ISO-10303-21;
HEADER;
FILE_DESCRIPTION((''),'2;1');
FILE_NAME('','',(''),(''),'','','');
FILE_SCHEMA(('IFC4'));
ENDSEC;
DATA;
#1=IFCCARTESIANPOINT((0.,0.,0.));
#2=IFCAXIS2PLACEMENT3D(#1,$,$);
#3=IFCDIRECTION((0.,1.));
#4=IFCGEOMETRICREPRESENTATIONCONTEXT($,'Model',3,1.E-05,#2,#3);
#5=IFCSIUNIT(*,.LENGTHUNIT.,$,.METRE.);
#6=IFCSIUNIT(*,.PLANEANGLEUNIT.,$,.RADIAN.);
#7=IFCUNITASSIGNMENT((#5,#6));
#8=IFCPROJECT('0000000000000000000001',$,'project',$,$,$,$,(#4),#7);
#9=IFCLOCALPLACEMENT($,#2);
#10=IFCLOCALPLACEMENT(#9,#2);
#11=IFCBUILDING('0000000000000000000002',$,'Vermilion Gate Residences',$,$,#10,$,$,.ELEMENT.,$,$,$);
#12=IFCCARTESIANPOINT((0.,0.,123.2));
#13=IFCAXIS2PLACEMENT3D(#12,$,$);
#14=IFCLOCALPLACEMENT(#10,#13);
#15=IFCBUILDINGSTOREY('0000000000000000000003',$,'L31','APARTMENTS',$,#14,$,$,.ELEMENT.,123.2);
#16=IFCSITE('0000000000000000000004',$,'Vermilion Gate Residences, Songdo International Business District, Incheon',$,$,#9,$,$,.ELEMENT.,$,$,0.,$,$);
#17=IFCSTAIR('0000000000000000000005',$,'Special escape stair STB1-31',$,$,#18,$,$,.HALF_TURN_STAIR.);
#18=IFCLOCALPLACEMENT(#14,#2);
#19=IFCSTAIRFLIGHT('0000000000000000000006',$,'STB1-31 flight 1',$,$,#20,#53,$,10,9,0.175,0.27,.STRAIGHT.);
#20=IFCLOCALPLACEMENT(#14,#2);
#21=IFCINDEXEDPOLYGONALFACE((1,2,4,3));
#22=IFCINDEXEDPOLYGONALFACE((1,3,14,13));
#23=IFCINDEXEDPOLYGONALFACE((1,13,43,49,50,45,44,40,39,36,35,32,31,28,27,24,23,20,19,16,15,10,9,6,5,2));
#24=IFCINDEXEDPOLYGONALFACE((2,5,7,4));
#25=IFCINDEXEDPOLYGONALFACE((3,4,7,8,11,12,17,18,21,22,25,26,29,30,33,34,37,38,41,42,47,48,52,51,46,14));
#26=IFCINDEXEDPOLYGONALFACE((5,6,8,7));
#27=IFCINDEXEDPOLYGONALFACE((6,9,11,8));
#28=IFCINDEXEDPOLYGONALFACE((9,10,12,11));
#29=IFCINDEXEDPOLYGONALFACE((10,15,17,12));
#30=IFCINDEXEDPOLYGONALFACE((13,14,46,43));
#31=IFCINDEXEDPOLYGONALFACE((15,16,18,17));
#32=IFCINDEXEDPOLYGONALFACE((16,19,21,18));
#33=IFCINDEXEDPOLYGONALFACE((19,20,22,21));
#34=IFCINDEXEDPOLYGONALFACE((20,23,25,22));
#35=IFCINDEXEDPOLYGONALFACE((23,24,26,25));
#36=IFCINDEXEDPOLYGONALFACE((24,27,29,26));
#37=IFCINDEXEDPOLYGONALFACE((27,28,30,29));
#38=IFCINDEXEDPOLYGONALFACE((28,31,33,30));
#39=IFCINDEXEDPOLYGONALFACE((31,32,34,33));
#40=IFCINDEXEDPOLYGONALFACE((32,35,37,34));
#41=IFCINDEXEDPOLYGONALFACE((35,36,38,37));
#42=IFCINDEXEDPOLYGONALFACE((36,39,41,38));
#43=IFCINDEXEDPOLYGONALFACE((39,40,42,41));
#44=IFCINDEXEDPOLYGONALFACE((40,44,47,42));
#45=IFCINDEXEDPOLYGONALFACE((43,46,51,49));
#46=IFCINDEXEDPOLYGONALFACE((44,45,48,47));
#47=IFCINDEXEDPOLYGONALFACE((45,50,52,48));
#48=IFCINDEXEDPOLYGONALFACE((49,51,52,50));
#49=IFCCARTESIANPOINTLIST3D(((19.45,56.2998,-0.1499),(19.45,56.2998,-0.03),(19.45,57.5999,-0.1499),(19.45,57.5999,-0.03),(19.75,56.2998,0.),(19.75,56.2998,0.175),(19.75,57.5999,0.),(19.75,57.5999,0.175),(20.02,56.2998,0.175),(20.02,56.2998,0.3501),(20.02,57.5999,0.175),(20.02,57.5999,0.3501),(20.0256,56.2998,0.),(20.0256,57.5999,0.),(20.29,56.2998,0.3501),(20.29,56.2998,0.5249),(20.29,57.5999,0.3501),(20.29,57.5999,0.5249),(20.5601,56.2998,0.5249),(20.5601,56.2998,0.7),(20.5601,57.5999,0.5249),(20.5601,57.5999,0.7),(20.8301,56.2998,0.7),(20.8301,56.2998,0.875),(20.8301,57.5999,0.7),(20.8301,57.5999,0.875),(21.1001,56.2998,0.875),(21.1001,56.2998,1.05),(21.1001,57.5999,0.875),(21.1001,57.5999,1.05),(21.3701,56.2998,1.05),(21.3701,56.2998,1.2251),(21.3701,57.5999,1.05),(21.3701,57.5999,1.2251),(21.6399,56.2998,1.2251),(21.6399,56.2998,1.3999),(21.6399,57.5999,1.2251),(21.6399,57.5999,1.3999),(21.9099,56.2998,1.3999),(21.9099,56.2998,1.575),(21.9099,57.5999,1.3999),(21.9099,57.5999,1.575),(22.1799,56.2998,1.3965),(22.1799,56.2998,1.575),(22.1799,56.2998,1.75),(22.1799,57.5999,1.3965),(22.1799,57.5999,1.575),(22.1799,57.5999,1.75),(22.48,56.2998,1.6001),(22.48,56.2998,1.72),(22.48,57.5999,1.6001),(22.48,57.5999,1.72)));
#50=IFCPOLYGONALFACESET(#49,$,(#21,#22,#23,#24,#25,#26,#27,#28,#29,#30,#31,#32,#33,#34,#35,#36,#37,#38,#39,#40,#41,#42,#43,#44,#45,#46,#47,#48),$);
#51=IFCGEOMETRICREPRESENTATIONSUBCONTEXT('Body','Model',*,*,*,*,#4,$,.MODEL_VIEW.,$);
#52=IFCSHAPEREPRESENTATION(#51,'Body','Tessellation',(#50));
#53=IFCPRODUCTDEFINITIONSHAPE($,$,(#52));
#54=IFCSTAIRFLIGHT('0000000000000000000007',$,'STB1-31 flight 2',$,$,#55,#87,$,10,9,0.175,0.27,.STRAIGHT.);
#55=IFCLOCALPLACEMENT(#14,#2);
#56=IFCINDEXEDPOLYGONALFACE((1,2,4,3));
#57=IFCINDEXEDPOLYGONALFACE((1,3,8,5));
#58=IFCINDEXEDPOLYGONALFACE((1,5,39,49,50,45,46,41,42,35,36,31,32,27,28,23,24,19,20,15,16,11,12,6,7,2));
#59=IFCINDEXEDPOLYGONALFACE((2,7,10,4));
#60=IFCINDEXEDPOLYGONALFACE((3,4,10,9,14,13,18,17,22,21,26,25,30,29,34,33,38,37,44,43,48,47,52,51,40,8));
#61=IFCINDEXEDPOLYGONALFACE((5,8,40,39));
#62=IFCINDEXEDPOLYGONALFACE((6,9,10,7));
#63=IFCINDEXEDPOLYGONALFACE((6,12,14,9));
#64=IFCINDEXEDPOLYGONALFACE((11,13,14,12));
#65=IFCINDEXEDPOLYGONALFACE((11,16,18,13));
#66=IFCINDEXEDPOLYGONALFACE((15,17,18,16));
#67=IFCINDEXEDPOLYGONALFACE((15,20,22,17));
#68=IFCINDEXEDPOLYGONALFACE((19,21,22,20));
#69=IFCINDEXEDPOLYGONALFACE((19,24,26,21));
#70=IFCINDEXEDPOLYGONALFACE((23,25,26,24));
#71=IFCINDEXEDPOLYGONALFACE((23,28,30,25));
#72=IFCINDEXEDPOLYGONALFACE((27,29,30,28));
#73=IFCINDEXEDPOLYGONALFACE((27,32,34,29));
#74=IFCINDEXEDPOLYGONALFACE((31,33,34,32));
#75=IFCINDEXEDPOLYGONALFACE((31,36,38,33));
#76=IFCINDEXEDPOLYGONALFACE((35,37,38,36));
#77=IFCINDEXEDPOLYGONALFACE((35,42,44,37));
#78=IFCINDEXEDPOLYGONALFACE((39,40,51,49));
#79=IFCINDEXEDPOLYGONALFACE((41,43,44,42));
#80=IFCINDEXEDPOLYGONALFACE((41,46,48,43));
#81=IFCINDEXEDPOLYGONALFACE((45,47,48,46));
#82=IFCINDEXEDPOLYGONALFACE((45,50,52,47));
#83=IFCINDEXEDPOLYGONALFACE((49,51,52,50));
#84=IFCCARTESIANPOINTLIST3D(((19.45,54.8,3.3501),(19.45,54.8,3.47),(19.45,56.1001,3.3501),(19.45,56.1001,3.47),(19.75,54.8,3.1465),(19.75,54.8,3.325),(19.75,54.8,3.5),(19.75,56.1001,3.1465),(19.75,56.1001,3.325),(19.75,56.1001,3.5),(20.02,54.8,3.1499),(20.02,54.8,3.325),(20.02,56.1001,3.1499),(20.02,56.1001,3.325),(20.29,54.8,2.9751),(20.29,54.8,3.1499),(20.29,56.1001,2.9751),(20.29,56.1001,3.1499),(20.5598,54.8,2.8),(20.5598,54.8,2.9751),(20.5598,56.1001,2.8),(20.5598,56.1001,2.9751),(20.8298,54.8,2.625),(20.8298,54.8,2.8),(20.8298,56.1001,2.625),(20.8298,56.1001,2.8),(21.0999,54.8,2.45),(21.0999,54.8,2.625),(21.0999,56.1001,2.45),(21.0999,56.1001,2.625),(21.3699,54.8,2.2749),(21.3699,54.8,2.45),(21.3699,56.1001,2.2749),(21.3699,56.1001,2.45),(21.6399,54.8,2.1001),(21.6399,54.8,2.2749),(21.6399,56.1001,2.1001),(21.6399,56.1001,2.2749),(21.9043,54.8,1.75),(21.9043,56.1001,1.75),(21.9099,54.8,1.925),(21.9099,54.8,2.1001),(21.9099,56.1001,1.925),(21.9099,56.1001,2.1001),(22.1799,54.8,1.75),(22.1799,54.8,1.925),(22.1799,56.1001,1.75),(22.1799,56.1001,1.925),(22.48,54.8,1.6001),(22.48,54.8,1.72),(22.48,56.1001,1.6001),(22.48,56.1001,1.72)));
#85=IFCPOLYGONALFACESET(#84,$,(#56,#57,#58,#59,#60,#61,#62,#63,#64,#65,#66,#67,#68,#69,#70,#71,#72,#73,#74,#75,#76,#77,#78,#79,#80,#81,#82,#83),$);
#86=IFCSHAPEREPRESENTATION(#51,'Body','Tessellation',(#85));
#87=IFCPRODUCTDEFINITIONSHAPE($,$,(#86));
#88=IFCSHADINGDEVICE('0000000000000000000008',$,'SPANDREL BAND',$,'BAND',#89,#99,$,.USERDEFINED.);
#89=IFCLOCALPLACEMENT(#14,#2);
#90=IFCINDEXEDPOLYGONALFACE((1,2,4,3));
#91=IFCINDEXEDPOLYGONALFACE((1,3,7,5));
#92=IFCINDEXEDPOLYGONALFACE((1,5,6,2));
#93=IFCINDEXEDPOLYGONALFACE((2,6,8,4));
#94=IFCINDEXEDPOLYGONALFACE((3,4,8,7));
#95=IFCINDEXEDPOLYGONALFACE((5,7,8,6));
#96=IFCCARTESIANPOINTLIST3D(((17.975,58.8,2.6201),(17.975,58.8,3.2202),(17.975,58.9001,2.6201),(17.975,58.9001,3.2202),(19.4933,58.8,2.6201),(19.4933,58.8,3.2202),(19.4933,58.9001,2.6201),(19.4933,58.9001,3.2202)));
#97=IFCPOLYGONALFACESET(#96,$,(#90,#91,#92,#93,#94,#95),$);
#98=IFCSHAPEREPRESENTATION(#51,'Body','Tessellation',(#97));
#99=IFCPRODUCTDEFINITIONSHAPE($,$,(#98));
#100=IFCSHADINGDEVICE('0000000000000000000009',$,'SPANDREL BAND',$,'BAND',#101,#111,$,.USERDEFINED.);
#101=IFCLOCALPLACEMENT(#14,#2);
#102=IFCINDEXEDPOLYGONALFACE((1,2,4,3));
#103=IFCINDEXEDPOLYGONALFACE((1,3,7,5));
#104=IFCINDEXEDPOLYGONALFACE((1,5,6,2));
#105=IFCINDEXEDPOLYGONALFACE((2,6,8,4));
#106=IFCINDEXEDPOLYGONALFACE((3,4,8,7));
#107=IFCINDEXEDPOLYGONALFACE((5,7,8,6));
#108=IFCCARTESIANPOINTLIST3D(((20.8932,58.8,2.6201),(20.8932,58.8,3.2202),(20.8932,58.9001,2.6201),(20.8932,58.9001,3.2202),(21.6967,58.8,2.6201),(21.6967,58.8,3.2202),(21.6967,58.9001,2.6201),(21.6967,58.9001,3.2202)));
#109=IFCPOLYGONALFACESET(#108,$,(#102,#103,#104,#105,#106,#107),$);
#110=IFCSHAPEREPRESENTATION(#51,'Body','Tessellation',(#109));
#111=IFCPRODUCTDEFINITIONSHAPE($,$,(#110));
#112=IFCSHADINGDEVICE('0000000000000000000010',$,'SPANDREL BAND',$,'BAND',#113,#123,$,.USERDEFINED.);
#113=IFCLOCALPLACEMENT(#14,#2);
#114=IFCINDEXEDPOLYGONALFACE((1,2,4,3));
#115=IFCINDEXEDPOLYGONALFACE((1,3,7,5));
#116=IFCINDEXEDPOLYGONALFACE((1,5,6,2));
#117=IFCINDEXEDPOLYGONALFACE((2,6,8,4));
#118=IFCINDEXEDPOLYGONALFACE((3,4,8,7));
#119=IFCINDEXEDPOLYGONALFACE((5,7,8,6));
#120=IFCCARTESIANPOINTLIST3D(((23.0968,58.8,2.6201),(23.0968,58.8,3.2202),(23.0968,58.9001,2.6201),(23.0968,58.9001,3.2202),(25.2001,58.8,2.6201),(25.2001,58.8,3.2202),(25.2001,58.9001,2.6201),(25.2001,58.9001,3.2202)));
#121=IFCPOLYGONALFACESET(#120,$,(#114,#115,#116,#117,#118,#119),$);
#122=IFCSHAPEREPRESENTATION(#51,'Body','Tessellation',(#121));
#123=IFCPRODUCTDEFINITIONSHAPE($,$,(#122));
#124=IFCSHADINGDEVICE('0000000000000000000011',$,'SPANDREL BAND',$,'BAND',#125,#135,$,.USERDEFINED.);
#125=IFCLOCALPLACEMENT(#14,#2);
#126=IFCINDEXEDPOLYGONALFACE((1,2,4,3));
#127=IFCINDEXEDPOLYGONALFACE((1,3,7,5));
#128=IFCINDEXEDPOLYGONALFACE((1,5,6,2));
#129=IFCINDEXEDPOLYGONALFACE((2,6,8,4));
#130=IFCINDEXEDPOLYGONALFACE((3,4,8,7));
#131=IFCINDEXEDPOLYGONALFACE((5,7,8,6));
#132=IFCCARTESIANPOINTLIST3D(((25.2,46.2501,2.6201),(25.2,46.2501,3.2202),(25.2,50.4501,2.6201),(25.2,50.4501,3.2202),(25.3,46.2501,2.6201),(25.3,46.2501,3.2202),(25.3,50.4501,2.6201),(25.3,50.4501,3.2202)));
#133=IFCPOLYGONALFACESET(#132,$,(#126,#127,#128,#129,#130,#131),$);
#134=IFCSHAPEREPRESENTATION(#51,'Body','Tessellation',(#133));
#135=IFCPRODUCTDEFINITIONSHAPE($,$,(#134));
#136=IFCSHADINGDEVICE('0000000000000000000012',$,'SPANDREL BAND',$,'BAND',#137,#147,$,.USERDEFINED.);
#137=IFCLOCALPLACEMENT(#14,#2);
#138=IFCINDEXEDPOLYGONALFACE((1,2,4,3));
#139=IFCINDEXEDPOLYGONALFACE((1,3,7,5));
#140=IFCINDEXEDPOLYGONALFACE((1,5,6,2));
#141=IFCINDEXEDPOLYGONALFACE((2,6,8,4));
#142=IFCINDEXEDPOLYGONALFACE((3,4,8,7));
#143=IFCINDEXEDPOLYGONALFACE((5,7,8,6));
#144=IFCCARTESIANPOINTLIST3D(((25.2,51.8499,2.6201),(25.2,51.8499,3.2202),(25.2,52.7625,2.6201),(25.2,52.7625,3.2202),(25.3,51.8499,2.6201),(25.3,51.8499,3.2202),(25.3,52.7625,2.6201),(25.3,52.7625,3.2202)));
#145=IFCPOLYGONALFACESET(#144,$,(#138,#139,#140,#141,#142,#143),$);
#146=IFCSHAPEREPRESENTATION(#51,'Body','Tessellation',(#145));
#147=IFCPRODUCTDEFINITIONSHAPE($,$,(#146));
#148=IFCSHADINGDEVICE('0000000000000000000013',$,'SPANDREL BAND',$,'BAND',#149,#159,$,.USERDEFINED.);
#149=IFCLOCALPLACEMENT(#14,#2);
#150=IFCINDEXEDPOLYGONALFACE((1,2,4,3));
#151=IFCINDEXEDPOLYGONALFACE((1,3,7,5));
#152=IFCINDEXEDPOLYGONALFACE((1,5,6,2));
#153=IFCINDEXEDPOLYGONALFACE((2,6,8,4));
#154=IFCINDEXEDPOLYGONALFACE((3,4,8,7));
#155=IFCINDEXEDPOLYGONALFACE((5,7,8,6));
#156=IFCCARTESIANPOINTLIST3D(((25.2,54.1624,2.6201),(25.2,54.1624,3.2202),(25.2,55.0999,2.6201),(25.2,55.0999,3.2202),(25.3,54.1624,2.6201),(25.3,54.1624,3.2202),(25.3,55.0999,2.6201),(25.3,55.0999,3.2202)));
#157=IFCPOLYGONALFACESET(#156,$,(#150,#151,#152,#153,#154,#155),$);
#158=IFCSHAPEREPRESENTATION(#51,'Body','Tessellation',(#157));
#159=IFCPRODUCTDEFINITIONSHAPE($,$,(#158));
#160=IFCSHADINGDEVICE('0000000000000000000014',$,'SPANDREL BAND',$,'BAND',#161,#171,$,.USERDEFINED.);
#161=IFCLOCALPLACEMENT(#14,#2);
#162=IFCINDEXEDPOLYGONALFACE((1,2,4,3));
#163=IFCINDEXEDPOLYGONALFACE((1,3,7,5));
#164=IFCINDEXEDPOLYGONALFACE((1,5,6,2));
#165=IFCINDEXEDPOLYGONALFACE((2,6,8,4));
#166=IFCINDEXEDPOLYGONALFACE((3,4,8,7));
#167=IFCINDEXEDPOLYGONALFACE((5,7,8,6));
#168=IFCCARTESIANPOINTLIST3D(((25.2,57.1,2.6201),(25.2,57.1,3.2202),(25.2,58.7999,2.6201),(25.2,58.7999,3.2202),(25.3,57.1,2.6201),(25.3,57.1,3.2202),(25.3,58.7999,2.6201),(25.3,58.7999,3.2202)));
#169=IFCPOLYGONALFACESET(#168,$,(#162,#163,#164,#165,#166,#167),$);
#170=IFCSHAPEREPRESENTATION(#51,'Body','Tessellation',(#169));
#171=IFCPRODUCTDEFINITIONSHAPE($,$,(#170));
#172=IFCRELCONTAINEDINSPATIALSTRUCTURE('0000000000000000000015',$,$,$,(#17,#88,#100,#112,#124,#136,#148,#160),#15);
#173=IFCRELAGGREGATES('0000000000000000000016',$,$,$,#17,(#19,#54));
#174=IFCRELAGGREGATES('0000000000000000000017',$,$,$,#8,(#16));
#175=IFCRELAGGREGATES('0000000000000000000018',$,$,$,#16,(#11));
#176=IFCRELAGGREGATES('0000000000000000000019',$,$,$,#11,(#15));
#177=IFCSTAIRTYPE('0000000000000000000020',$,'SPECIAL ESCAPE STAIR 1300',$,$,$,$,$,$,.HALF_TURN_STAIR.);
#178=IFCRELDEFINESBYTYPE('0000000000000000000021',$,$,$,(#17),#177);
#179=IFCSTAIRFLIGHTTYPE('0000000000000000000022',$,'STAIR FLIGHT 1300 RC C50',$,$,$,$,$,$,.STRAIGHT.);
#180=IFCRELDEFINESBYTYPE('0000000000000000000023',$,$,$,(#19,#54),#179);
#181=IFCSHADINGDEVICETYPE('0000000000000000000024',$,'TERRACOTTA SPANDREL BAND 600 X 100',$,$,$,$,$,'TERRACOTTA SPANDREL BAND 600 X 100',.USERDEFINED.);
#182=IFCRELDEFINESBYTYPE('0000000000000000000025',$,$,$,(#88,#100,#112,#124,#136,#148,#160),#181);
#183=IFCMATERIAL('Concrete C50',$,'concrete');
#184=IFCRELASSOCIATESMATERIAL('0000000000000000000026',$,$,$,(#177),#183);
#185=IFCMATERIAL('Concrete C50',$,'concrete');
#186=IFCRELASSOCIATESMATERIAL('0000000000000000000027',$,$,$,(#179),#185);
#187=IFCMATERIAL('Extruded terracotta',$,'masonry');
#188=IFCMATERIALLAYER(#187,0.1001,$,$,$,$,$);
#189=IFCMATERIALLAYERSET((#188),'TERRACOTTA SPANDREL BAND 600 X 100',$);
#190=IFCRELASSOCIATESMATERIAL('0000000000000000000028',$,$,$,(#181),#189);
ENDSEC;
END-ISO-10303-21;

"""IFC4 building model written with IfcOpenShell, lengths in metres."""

from ifc_helpers import new_model, si_unit, direction, frame, origin, origin_2d, place, context, subcontext, project, spatial, polyline, rectangle, outline, extrude, material, layer, layer_set, type_object, element, aggregate, save


model = new_model("IFC4")

# Units and contexts
model_context = context("Model", 3, precision=1e-05, world=origin(), true_north=direction((0.0, 1.0)))
body_context = subcontext(model_context, "Body", "Model", "MODEL_VIEW")
ifc_project = project(units=[si_unit("LENGTHUNIT", "METRE"), si_unit("PLANEANGLEUNIT", "RADIAN")], contexts=[model_context])

# Site, building, storey
site_placement = place(None, origin())
site = spatial("IfcSite", under=ifc_project, at=site_placement, Name="Vermilion Gate Residences, Songdo International Business District, Incheon", CompositionType="ELEMENT", RefElevation=0.0)
building_placement = place(site_placement, origin())
building = spatial("IfcBuilding", under=site, at=building_placement, Name="Vermilion Gate Residences", CompositionType="ELEMENT")
storey_placement = place(building_placement, frame((0.0, 0.0, 123.2)))
storey = spatial("IfcBuildingStorey", under=building, at=storey_placement, Name="L31", Description="APARTMENTS", CompositionType="ELEMENT", Elevation=123.2)

# Stair, stair flights
ifc_material_1 = material(Name="Concrete C50", Category="concrete")
stair_type = type_object("IfcStairType", Name="SPECIAL ESCAPE STAIR 1300", PredefinedType="HALF_TURN_STAIR", material=ifc_material_1)
stair_placement = place(storey_placement, origin())
stair = element("IfcStair", 1, at=stair_placement, inside=storey, type_object=stair_type, Name="Special escape stair STB1-31", PredefinedType="HALF_TURN_STAIR")
ifc_material_2 = material(Name="Concrete C50", Category="concrete")
stair_flight_type = type_object("IfcStairFlightType", Name="STAIR FLIGHT 1300 RC C50", PredefinedType="STRAIGHT", material=ifc_material_2)
stair_flight_1_placement = place(storey_placement, frame((19.75, 56.95, 0.0), z_axis=(0.0, 0.0, 1.0), x_axis=(1.0, 0.0, 0.0)))
stair_flight_1 = element("IfcStairFlight", 2, at=stair_flight_1_placement, type_object=stair_flight_type, Name="STB1-31 flight 1", NumberOfRisers=10, NumberOfTreads=9, PredefinedType="STRAIGHT", RiserHeight=0.175, TreadLength=0.27, context=body_context, shape_type="SweptSolid", body=[
    extrude(outline(polyline([(-0.3, -0.1499), (-0.3, -0.03), (0.0, 0.0), (0.0, 0.175), (0.27, 0.175), (0.27, 0.3501), (0.54, 0.3501), (0.54, 0.5249), (0.8101, 0.5249), (0.8101, 0.7), (1.0801, 0.7), (1.0801, 0.875), (1.3501, 0.875), (1.3501, 1.05), (1.6201, 1.05), (1.6201, 1.2251), (1.8899, 1.2251), (1.8899, 1.3999), (2.1599, 1.3999), (2.1599, 1.575), (2.4299, 1.575), (2.4299, 1.75), (2.73, 1.72), (2.73, 1.6001), (2.4299, 1.3965), (0.2756, 0.0), (-0.3, -0.1499)])), frame((0.0, 0.6499, 0.0), z_axis=(0.0, -1.0, 0.0), x_axis=(1.0, 0.0, 0.0)), (0.0, 0.0, 1.0), 1.3),
])
stair_flight_2_placement = place(storey_placement, frame((22.1799, 55.45, 1.75), z_axis=(0.0, 0.0, 1.0), x_axis=(-1.0, 0.0, 0.0)))
stair_flight_2 = element("IfcStairFlight", 3, at=stair_flight_2_placement, type_object=stair_flight_type, Name="STB1-31 flight 2", NumberOfRisers=10, NumberOfTreads=9, PredefinedType="STRAIGHT", RiserHeight=0.175, TreadLength=0.27, context=body_context, shape_type="SweptSolid", body=[
    extrude(outline(polyline([(-0.3, -0.1499), (-0.3, -0.03), (0.0, 0.0), (0.0, 0.175), (0.27, 0.175), (0.27, 0.3501), (0.54, 0.3501), (0.54, 0.5249), (0.8101, 0.5249), (0.8101, 0.7), (1.0801, 0.7), (1.0801, 0.875), (1.3501, 0.875), (1.3501, 1.05), (1.6201, 1.05), (1.6201, 1.2251), (1.8899, 1.2251), (1.8899, 1.3999), (2.1599, 1.3999), (2.1599, 1.575), (2.4299, 1.575), (2.4299, 1.75), (2.73, 1.72), (2.73, 1.6001), (2.4299, 1.3965), (0.2756, 0.0), (-0.3, -0.1499)])), frame((0.0, 0.6499, 0.0), z_axis=(0.0, -1.0, 0.0), x_axis=(1.0, 0.0, 0.0)), (0.0, 0.0, 1.0), 1.3),
])
aggregate(stair, [stair_flight_1, stair_flight_2])

# Shading devices
ifc_material_3 = material(Name="Extruded terracotta", Category="masonry")
ifc_layer_1 = layer(ifc_material_3, 0.1001)
ifc_layer_set_1 = layer_set([ifc_layer_1], Name="TERRACOTTA SPANDREL BAND 600 X 100")
shading_device_type = type_object("IfcShadingDeviceType", Name="TERRACOTTA SPANDREL BAND 600 X 100", ElementType="TERRACOTTA SPANDREL BAND 600 X 100", PredefinedType="USERDEFINED", material=ifc_layer_set_1)
shading_device_1_placement = place(storey_placement, frame((18.7341, 58.8501, 2.6201), z_axis=(0.0, 0.0, 1.0), x_axis=(1.0, 0.0, 0.0)))
element("IfcShadingDevice", 4, at=shading_device_1_placement, inside=storey, type_object=shading_device_type, Name="SPANDREL BAND", ObjectType="BAND", PredefinedType="USERDEFINED", context=body_context, shape_type="SweptSolid", body=[
    extrude(rectangle(XDim=1.5183, YDim=0.1001, at=origin_2d()), origin(), (0.0, 0.0, 1.0), 0.6001),
])
shading_device_2_placement = place(storey_placement, frame((21.2949, 58.8501, 2.6201), z_axis=(0.0, 0.0, 1.0), x_axis=(1.0, 0.0, 0.0)))
element("IfcShadingDevice", 5, at=shading_device_2_placement, inside=storey, type_object=shading_device_type, Name="SPANDREL BAND", ObjectType="BAND", PredefinedType="USERDEFINED", context=body_context, shape_type="SweptSolid", body=[
    extrude(rectangle(XDim=0.8035, YDim=0.1001, at=origin_2d()), origin(), (0.0, 0.0, 1.0), 0.6001),
])
shading_device_3_placement = place(storey_placement, frame((24.1484, 58.8501, 2.6201), z_axis=(0.0, 0.0, 1.0), x_axis=(1.0, 0.0, 0.0)))
element("IfcShadingDevice", 6, at=shading_device_3_placement, inside=storey, type_object=shading_device_type, Name="SPANDREL BAND", ObjectType="BAND", PredefinedType="USERDEFINED", context=body_context, shape_type="SweptSolid", body=[
    extrude(rectangle(XDim=2.1033, YDim=0.1001, at=origin_2d()), origin(), (0.0, 0.0, 1.0), 0.6001),
])
shading_device_4_placement = place(storey_placement, frame((25.25, 48.3501, 2.6201), z_axis=(0.0, 0.0, 1.0), x_axis=(0.0, 1.0, 0.0)))
element("IfcShadingDevice", 7, at=shading_device_4_placement, inside=storey, type_object=shading_device_type, Name="SPANDREL BAND", ObjectType="BAND", PredefinedType="USERDEFINED", context=body_context, shape_type="SweptSolid", body=[
    extrude(rectangle(XDim=4.2, YDim=0.1001, at=origin_2d()), origin(), (0.0, 0.0, 1.0), 0.6001),
])
shading_device_5_placement = place(storey_placement, frame((25.25, 52.3062, 2.6201), z_axis=(0.0, 0.0, 1.0), x_axis=(0.0, 1.0, 0.0)))
element("IfcShadingDevice", 8, at=shading_device_5_placement, inside=storey, type_object=shading_device_type, Name="SPANDREL BAND", ObjectType="BAND", PredefinedType="USERDEFINED", context=body_context, shape_type="SweptSolid", body=[
    extrude(rectangle(XDim=0.9126, YDim=0.1001, at=origin_2d()), origin(), (0.0, 0.0, 1.0), 0.6001),
])
shading_device_6_placement = place(storey_placement, frame((25.25, 54.6311, 2.6201), z_axis=(0.0, 0.0, 1.0), x_axis=(0.0, 1.0, 0.0)))
element("IfcShadingDevice", 9, at=shading_device_6_placement, inside=storey, type_object=shading_device_type, Name="SPANDREL BAND", ObjectType="BAND", PredefinedType="USERDEFINED", context=body_context, shape_type="SweptSolid", body=[
    extrude(rectangle(XDim=0.9375, YDim=0.1001, at=origin_2d()), origin(), (0.0, 0.0, 1.0), 0.6001),
])
shading_device_7_placement = place(storey_placement, frame((25.25, 57.95, 2.6201), z_axis=(0.0, 0.0, 1.0), x_axis=(0.0, 1.0, 0.0)))
element("IfcShadingDevice", 10, at=shading_device_7_placement, inside=storey, type_object=shading_device_type, Name="SPANDREL BAND", ObjectType="BAND", PredefinedType="USERDEFINED", context=body_context, shape_type="SweptSolid", body=[
    extrude(rectangle(XDim=1.7, YDim=0.1001, at=origin_2d()), origin(), (0.0, 0.0, 1.0), 0.6001),
])

save(model, "model.ifc")
